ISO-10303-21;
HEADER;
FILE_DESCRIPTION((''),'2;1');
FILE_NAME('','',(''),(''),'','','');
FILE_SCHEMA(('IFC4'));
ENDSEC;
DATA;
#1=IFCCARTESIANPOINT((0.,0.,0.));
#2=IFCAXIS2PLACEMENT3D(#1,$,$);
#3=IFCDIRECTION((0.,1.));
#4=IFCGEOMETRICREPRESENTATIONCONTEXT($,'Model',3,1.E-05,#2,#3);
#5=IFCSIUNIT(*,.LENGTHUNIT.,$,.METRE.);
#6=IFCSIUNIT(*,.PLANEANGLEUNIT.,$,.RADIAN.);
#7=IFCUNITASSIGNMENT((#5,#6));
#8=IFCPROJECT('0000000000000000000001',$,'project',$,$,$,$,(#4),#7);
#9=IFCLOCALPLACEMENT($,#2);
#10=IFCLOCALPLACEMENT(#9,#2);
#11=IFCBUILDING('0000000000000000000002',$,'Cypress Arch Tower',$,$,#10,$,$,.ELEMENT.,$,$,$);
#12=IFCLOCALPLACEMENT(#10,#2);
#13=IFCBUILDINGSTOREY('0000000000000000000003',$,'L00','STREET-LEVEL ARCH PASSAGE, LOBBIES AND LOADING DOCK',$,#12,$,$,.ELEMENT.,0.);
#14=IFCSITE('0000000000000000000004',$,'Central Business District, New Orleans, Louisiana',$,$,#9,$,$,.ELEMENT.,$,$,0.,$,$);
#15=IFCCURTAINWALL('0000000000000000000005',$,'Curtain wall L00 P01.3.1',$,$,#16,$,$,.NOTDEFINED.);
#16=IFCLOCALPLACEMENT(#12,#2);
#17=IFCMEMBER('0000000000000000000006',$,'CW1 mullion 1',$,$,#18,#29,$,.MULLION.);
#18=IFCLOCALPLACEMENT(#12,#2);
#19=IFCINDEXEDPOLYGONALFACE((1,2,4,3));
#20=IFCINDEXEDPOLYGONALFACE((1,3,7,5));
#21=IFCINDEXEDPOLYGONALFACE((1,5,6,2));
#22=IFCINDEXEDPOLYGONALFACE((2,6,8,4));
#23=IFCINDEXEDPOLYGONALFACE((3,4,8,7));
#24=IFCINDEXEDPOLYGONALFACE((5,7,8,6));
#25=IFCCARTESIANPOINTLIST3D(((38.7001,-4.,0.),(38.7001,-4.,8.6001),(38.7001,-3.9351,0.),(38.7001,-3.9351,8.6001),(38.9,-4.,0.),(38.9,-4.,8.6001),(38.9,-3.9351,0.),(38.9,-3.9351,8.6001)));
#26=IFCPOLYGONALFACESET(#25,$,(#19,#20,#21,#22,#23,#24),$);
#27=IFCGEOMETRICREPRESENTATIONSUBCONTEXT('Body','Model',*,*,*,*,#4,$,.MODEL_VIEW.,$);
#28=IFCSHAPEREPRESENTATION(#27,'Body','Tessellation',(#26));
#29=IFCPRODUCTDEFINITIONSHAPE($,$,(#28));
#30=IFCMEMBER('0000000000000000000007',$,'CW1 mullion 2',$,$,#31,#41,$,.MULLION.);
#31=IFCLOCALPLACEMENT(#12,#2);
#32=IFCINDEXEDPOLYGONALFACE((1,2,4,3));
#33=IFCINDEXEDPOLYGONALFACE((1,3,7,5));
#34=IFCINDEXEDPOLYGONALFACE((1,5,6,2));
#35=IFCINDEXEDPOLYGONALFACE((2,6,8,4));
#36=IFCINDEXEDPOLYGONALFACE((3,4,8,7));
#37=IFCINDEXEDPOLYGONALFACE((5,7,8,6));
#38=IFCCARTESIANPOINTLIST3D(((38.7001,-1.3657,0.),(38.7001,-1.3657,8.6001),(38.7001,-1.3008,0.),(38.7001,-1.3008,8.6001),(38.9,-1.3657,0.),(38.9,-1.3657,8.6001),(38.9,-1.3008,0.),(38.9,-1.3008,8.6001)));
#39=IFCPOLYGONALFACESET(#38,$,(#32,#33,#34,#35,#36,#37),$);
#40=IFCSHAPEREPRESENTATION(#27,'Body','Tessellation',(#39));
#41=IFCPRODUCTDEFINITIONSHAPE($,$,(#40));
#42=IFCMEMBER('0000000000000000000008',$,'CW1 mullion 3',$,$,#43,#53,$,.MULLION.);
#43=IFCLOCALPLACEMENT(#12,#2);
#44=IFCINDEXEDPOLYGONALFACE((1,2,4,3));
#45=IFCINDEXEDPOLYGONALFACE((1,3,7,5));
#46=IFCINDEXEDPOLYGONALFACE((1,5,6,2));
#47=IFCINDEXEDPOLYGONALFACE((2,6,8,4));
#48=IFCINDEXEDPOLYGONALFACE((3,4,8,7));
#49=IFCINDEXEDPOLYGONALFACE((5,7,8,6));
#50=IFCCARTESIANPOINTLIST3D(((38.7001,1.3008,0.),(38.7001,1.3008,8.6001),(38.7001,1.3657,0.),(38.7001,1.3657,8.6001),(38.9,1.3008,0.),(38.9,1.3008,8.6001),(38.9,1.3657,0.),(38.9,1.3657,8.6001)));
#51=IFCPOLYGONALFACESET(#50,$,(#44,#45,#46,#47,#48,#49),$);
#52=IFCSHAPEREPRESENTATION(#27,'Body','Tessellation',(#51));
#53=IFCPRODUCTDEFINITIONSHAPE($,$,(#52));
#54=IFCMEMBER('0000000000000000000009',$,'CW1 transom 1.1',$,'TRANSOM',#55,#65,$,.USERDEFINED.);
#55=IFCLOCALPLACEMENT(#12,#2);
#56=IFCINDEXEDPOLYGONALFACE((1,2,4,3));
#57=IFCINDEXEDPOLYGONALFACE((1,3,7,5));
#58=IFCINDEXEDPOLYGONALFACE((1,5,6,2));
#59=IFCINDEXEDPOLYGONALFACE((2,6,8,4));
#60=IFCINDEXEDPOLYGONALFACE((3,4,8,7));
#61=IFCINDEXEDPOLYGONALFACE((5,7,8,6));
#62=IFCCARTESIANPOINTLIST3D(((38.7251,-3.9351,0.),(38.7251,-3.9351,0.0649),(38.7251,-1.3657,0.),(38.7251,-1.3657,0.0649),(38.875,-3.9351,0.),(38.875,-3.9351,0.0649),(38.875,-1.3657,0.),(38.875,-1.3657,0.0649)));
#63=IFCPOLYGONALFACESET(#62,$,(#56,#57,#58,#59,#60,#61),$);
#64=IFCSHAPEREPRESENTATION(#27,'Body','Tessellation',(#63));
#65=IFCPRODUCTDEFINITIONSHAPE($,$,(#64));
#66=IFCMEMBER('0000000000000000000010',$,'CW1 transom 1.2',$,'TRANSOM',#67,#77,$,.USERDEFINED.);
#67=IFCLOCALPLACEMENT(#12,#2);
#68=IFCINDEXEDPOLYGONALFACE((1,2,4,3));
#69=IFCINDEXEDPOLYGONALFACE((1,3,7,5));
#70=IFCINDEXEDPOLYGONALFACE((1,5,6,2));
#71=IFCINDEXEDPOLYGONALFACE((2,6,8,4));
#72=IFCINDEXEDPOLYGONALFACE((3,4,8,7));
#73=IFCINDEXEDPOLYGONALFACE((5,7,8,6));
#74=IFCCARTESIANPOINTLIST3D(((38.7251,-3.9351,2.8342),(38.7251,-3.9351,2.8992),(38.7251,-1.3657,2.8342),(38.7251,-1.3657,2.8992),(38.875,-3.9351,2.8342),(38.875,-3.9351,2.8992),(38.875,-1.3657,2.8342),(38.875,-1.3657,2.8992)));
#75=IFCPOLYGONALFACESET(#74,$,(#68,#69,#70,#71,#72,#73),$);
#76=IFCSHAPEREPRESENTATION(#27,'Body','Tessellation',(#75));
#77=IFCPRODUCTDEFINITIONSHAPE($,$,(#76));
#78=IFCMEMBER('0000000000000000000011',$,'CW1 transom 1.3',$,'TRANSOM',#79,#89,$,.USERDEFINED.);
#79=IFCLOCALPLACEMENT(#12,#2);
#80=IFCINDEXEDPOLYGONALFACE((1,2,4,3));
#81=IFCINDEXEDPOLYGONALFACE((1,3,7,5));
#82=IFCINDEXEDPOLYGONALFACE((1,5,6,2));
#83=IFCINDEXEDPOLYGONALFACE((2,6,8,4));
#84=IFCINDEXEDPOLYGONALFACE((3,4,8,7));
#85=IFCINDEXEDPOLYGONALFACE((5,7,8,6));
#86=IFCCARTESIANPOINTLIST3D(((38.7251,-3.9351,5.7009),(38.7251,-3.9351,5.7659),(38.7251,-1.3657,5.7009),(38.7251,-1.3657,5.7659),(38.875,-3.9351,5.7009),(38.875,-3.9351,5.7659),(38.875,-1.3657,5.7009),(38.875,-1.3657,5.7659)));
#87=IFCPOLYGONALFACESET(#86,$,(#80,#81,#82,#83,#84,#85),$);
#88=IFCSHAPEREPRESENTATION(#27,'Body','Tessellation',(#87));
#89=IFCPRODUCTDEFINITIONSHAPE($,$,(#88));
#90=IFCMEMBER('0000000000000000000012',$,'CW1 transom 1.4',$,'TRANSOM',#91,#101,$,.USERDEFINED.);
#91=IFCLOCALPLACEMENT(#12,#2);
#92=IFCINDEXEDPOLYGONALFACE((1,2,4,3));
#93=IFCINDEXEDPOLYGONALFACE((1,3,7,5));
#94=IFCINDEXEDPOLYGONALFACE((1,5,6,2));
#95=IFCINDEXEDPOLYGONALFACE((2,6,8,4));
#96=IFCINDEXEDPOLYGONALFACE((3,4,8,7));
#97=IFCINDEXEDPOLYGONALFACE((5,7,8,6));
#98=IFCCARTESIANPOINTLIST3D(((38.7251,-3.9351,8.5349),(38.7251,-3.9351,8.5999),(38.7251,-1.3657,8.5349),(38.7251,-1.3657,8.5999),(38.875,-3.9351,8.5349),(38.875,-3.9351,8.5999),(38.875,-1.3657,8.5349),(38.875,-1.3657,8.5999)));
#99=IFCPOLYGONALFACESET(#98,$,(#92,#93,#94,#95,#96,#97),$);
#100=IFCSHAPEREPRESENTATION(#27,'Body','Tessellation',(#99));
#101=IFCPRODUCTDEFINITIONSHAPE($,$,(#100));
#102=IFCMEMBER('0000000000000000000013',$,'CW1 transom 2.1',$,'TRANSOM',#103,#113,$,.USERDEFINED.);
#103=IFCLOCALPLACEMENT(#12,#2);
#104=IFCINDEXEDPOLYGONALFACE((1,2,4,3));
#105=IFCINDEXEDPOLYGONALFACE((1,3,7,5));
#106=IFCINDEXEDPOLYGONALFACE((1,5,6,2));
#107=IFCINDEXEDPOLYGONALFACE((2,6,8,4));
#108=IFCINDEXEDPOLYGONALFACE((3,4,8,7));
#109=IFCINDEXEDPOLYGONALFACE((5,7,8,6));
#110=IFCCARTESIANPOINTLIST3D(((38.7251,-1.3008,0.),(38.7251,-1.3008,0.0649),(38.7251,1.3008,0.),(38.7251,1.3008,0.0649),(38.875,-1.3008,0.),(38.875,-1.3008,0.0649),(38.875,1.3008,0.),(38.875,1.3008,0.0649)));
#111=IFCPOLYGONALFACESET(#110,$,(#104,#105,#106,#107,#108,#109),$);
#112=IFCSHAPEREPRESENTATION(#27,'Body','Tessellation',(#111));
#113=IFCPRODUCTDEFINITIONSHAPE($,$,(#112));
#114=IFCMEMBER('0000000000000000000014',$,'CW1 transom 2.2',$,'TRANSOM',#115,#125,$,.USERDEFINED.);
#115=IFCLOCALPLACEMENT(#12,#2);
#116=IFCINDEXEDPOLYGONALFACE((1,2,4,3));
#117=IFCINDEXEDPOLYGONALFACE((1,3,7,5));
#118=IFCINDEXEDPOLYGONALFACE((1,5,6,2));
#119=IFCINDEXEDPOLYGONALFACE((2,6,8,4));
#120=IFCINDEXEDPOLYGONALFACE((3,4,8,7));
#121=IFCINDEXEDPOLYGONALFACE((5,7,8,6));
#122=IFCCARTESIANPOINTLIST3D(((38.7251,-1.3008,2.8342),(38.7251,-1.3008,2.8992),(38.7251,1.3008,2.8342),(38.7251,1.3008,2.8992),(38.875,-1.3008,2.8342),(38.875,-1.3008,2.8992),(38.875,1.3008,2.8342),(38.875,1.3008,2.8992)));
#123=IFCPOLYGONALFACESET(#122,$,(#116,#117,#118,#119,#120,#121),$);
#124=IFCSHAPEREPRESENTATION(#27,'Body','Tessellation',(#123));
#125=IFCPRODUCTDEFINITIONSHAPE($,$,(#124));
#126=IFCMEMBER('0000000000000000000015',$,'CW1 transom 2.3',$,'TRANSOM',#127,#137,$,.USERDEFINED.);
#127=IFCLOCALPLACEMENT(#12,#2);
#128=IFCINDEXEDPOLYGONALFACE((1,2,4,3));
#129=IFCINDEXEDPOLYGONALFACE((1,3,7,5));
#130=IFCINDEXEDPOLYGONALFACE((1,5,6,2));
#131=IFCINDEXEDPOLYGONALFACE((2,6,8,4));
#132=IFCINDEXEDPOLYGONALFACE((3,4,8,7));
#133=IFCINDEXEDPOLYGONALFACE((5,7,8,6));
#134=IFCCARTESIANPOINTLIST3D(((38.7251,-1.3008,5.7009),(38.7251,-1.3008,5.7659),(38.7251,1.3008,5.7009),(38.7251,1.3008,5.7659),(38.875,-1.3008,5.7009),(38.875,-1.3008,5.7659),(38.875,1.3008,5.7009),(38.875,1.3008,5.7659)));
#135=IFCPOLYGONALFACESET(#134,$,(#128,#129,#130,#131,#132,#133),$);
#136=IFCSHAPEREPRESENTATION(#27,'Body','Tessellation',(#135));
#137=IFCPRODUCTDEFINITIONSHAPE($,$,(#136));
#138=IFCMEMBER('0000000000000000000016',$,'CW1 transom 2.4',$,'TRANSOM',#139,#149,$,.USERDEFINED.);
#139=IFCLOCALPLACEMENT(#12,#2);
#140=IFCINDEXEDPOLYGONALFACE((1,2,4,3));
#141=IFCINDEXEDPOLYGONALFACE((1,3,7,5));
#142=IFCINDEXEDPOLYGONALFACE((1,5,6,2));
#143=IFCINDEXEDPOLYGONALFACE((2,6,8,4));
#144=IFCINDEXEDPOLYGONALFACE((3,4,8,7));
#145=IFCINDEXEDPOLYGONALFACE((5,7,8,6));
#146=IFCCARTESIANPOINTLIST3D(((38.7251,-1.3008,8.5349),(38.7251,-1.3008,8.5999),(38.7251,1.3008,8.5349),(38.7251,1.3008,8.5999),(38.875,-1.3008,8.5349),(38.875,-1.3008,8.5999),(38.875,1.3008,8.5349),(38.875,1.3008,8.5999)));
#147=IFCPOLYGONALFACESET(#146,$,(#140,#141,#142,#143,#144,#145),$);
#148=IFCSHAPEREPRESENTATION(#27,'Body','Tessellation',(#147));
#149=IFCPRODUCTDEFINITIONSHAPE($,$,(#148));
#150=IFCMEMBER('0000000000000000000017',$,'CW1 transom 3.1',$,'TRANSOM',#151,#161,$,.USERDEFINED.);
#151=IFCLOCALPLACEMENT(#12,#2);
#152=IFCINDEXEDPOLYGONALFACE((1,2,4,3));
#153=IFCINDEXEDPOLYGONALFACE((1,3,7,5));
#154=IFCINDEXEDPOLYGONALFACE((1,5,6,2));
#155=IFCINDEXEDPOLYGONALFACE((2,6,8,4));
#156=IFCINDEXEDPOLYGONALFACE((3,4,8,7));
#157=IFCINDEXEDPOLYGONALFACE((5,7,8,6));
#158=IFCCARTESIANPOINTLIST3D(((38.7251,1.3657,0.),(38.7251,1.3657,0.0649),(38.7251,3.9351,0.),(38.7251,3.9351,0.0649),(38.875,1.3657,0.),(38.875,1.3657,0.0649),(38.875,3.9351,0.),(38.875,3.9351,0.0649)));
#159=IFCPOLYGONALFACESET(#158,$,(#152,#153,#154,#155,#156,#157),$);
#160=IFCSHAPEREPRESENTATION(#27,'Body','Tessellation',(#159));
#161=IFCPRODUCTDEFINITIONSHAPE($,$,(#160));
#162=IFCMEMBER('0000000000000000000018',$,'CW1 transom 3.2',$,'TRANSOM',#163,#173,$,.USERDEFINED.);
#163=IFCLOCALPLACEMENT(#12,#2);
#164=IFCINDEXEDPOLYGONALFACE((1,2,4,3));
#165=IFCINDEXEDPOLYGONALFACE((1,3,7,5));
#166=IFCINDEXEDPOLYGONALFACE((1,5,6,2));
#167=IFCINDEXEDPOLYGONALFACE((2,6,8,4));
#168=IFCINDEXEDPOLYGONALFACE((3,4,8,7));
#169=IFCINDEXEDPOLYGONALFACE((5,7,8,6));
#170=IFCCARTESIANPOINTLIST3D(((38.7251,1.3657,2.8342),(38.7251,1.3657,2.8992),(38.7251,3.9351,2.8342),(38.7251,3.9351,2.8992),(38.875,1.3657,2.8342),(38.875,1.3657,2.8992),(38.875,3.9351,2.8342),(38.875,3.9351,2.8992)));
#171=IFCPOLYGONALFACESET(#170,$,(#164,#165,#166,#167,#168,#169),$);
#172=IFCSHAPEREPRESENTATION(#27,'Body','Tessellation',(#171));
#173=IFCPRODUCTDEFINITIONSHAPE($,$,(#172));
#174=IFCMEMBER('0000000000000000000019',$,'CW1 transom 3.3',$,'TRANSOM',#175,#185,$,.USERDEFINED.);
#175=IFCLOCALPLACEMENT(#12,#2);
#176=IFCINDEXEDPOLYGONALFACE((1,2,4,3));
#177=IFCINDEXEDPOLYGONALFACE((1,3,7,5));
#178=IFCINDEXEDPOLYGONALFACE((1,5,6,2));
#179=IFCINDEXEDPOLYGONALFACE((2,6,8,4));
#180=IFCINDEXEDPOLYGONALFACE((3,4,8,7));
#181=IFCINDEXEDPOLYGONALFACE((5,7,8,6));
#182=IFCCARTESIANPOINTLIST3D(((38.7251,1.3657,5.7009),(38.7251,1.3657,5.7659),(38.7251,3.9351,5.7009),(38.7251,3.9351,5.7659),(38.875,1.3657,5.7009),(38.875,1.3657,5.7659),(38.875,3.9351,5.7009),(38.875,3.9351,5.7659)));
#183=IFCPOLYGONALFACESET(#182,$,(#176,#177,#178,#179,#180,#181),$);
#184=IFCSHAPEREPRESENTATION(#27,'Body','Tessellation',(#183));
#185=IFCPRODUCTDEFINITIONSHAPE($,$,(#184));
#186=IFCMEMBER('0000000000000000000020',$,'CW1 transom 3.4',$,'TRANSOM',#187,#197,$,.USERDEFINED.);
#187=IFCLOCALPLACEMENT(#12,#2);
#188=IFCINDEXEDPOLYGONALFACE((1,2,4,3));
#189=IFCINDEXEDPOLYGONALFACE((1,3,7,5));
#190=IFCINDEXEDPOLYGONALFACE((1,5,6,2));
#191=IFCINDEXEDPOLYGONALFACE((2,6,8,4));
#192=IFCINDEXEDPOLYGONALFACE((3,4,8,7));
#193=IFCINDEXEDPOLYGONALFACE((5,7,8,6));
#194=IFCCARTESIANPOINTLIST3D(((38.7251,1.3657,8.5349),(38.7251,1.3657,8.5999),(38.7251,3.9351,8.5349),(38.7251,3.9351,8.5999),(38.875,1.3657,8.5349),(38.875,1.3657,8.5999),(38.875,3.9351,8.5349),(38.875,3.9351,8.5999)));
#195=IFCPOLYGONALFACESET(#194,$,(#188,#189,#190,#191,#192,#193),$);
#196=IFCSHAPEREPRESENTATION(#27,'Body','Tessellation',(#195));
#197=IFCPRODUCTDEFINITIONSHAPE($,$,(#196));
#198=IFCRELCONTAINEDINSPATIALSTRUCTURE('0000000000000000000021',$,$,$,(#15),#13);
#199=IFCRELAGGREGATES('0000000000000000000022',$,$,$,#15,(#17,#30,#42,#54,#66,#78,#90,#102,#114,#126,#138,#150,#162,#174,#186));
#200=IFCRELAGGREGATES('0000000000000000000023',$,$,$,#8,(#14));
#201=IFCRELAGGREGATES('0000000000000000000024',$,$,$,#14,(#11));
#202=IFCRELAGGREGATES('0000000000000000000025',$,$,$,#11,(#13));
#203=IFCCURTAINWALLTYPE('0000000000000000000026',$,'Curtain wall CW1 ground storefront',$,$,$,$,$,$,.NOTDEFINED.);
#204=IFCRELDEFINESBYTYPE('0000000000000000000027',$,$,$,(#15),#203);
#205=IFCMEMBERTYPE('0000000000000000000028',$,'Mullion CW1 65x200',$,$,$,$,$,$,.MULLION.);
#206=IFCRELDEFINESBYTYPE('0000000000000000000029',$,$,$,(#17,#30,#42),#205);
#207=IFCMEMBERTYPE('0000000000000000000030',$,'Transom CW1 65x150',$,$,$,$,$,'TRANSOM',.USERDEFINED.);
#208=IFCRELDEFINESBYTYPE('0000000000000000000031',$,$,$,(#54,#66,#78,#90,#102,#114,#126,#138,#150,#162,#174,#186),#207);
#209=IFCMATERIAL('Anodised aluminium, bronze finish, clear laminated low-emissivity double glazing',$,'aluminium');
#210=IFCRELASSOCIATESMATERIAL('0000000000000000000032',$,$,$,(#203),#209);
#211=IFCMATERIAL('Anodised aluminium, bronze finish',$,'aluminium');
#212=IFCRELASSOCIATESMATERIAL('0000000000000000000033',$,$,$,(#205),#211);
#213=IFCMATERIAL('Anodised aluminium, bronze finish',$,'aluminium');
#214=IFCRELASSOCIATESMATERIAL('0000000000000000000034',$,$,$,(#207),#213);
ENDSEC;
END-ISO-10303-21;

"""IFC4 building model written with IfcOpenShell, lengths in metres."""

from ifc_helpers import new_model, si_unit, direction, frame, origin, origin_2d, place, context, subcontext, project, spatial, rectangle, extrude, material, material_profile, profile_set, type_object, element, aggregate, save


model = new_model("IFC4")

# Units and contexts
model_context = context("Model", 3, precision=1e-05, world=origin(), true_north=direction((0.0, 1.0)))
body_context = subcontext(model_context, "Body", "Model", "MODEL_VIEW")
ifc_project = project(units=[si_unit("LENGTHUNIT", "METRE"), si_unit("PLANEANGLEUNIT", "RADIAN")], contexts=[model_context])

# Site, building, storey
site_placement = place(None, origin())
site = spatial("IfcSite", under=ifc_project, at=site_placement, Name="Central Business District, New Orleans, Louisiana", CompositionType="ELEMENT", RefElevation=0.0)
building_placement = place(site_placement, origin())
building = spatial("IfcBuilding", under=site, at=building_placement, Name="Cypress Arch Tower", CompositionType="ELEMENT")
storey_placement = place(building_placement, origin())
storey = spatial("IfcBuildingStorey", under=building, at=storey_placement, Name="L00", Description="STREET-LEVEL ARCH PASSAGE, LOBBIES AND LOADING DOCK", CompositionType="ELEMENT", Elevation=0.0)

# Curtain wall, members
ifc_material_1 = material(Name="Anodised aluminium, bronze finish, clear laminated low-emissivity double glazing", Category="aluminium")
curtain_wall_type = type_object("IfcCurtainWallType", Name="Curtain wall CW1 ground storefront", PredefinedType="NOTDEFINED", material=ifc_material_1)
curtain_wall_placement = place(storey_placement, origin())
curtain_wall = element("IfcCurtainWall", 1, at=curtain_wall_placement, inside=storey, type_object=curtain_wall_type, Name="Curtain wall L00 P01.3.1", PredefinedType="NOTDEFINED")
ifc_material_2 = material(Name="Anodised aluminium, bronze finish", Category="aluminium")
ifc_material_profile_1 = material_profile(ifc_material_2, rectangle(XDim=0.2, YDim=0.0649, at=origin_2d()), Name="Mullion 65x200")
ifc_profile_set_1 = profile_set([ifc_material_profile_1], Name="Anodised aluminium, bronze finish")
member_type_1 = type_object("IfcMemberType", Name="Mullion CW1 65x200", PredefinedType="MULLION", material=ifc_profile_set_1)
member_1_placement = place(storey_placement, frame((38.8, -3.9675, 0.0), z_axis=(0.0, 0.0, 1.0), x_axis=(-1.0, 0.0, 0.0)))
member_1 = element("IfcMember", 2, at=member_1_placement, type_object=member_type_1, Name="CW1 mullion 1", PredefinedType="MULLION", context=body_context, shape_type="SweptSolid", body=[
    extrude(rectangle(XDim=0.2, YDim=0.0649, at=origin_2d()), origin(), (0.0, 0.0, 1.0), 8.6001),
])
member_2_placement = place(storey_placement, frame((38.8, -1.3333, 0.0), z_axis=(0.0, 0.0, 1.0), x_axis=(-1.0, 0.0, 0.0)))
member_2 = element("IfcMember", 3, at=member_2_placement, type_object=member_type_1, Name="CW1 mullion 2", PredefinedType="MULLION", context=body_context, shape_type="SweptSolid", body=[
    extrude(rectangle(XDim=0.2, YDim=0.0649, at=origin_2d()), origin(), (0.0, 0.0, 1.0), 8.6001),
])
member_3_placement = place(storey_placement, frame((38.8, 1.3333, 0.0), z_axis=(0.0, 0.0, 1.0), x_axis=(-1.0, 0.0, 0.0)))
member_3 = element("IfcMember", 4, at=member_3_placement, type_object=member_type_1, Name="CW1 mullion 3", PredefinedType="MULLION", context=body_context, shape_type="SweptSolid", body=[
    extrude(rectangle(XDim=0.2, YDim=0.0649, at=origin_2d()), origin(), (0.0, 0.0, 1.0), 8.6001),
])
ifc_material_3 = material(Name="Anodised aluminium, bronze finish", Category="aluminium")
ifc_material_profile_2 = material_profile(ifc_material_3, rectangle(XDim=0.1499, YDim=0.0649, at=origin_2d()), Name="Transom 65x150")
ifc_profile_set_2 = profile_set([ifc_material_profile_2], Name="Anodised aluminium, bronze finish")
member_type_2 = type_object("IfcMemberType", Name="Transom CW1 65x150", ElementType="TRANSOM", PredefinedType="USERDEFINED", material=ifc_profile_set_2)
member_4_placement = place(storey_placement, frame((38.8, -3.9351, 0.0325), z_axis=(0.0, 1.0, 0.0), x_axis=(-1.0, 0.0, 0.0)))
member_4 = element("IfcMember", 5, at=member_4_placement, type_object=member_type_2, Name="CW1 transom 1.1", ObjectType="TRANSOM", PredefinedType="USERDEFINED", context=body_context, shape_type="SweptSolid", body=[
    extrude(rectangle(XDim=0.1499, YDim=0.0649, at=origin_2d()), origin(), (0.0, 0.0, 1.0), 2.5693),
])
member_5_placement = place(storey_placement, frame((38.8, -3.9351, 2.8667), z_axis=(0.0, 1.0, 0.0), x_axis=(-1.0, 0.0, 0.0)))
member_5 = element("IfcMember", 6, at=member_5_placement, type_object=member_type_2, Name="CW1 transom 1.2", ObjectType="TRANSOM", PredefinedType="USERDEFINED", context=body_context, shape_type="SweptSolid", body=[
    extrude(rectangle(XDim=0.1499, YDim=0.0649, at=origin_2d()), origin(), (0.0, 0.0, 1.0), 2.5693),
])
member_6_placement = place(storey_placement, frame((38.8, -3.9351, 5.7334), z_axis=(0.0, 1.0, 0.0), x_axis=(-1.0, 0.0, 0.0)))
member_6 = element("IfcMember", 7, at=member_6_placement, type_object=member_type_2, Name="CW1 transom 1.3", ObjectType="TRANSOM", PredefinedType="USERDEFINED", context=body_context, shape_type="SweptSolid", body=[
    extrude(rectangle(XDim=0.1499, YDim=0.0649, at=origin_2d()), origin(), (0.0, 0.0, 1.0), 2.5693),
])
member_7_placement = place(storey_placement, frame((38.8, -3.9351, 8.5674), z_axis=(0.0, 1.0, 0.0), x_axis=(-1.0, 0.0, 0.0)))
member_7 = element("IfcMember", 8, at=member_7_placement, type_object=member_type_2, Name="CW1 transom 1.4", ObjectType="TRANSOM", PredefinedType="USERDEFINED", context=body_context, shape_type="SweptSolid", body=[
    extrude(rectangle(XDim=0.1499, YDim=0.0649, at=origin_2d()), origin(), (0.0, 0.0, 1.0), 2.5693),
])
member_8_placement = place(storey_placement, frame((38.8, -1.3008, 0.0325), z_axis=(0.0, 1.0, 0.0), x_axis=(-1.0, 0.0, 0.0)))
member_8 = element("IfcMember", 9, at=member_8_placement, type_object=member_type_2, Name="CW1 transom 2.1", ObjectType="TRANSOM", PredefinedType="USERDEFINED", context=body_context, shape_type="SweptSolid", body=[
    extrude(rectangle(XDim=0.1499, YDim=0.0649, at=origin_2d()), origin(), (0.0, 0.0, 1.0), 2.6016),
])
member_9_placement = place(storey_placement, frame((38.8, -1.3008, 2.8667), z_axis=(0.0, 1.0, 0.0), x_axis=(-1.0, 0.0, 0.0)))
member_9 = element("IfcMember", 10, at=member_9_placement, type_object=member_type_2, Name="CW1 transom 2.2", ObjectType="TRANSOM", PredefinedType="USERDEFINED", context=body_context, shape_type="SweptSolid", body=[
    extrude(rectangle(XDim=0.1499, YDim=0.0649, at=origin_2d()), origin(), (0.0, 0.0, 1.0), 2.6016),
])
member_10_placement = place(storey_placement, frame((38.8, -1.3008, 5.7334), z_axis=(0.0, 1.0, 0.0), x_axis=(-1.0, 0.0, 0.0)))
member_10 = element("IfcMember", 11, at=member_10_placement, type_object=member_type_2, Name="CW1 transom 2.3", ObjectType="TRANSOM", PredefinedType="USERDEFINED", context=body_context, shape_type="SweptSolid", body=[
    extrude(rectangle(XDim=0.1499, YDim=0.0649, at=origin_2d()), origin(), (0.0, 0.0, 1.0), 2.6016),
])
member_11_placement = place(storey_placement, frame((38.8, -1.3008, 8.5674), z_axis=(0.0, 1.0, 0.0), x_axis=(-1.0, 0.0, 0.0)))
member_11 = element("IfcMember", 12, at=member_11_placement, type_object=member_type_2, Name="CW1 transom 2.4", ObjectType="TRANSOM", PredefinedType="USERDEFINED", context=body_context, shape_type="SweptSolid", body=[
    extrude(rectangle(XDim=0.1499, YDim=0.0649, at=origin_2d()), origin(), (0.0, 0.0, 1.0), 2.6016),
])
member_12_placement = place(storey_placement, frame((38.8, 1.3657, 0.0325), z_axis=(0.0, 1.0, 0.0), x_axis=(-1.0, 0.0, 0.0)))
member_12 = element("IfcMember", 13, at=member_12_placement, type_object=member_type_2, Name="CW1 transom 3.1", ObjectType="TRANSOM", PredefinedType="USERDEFINED", context=body_context, shape_type="SweptSolid", body=[
    extrude(rectangle(XDim=0.1499, YDim=0.0649, at=origin_2d()), origin(), (0.0, 0.0, 1.0), 2.5693),
])
member_13_placement = place(storey_placement, frame((38.8, 1.3657, 2.8667), z_axis=(0.0, 1.0, 0.0), x_axis=(-1.0, 0.0, 0.0)))
member_13 = element("IfcMember", 14, at=member_13_placement, type_object=member_type_2, Name="CW1 transom 3.2", ObjectType="TRANSOM", PredefinedType="USERDEFINED", context=body_context, shape_type="SweptSolid", body=[
    extrude(rectangle(XDim=0.1499, YDim=0.0649, at=origin_2d()), origin(), (0.0, 0.0, 1.0), 2.5693),
])
member_14_placement = place(storey_placement, frame((38.8, 1.3657, 5.7334), z_axis=(0.0, 1.0, 0.0), x_axis=(-1.0, 0.0, 0.0)))
member_14 = element("IfcMember", 15, at=member_14_placement, type_object=member_type_2, Name="CW1 transom 3.3", ObjectType="TRANSOM", PredefinedType="USERDEFINED", context=body_context, shape_type="SweptSolid", body=[
    extrude(rectangle(XDim=0.1499, YDim=0.0649, at=origin_2d()), origin(), (0.0, 0.0, 1.0), 2.5693),
])
member_15_placement = place(storey_placement, frame((38.8, 1.3657, 8.5674), z_axis=(0.0, 1.0, 0.0), x_axis=(-1.0, 0.0, 0.0)))
member_15 = element("IfcMember", 16, at=member_15_placement, type_object=member_type_2, Name="CW1 transom 3.4", ObjectType="TRANSOM", PredefinedType="USERDEFINED", context=body_context, shape_type="SweptSolid", body=[
    extrude(rectangle(XDim=0.1499, YDim=0.0649, at=origin_2d()), origin(), (0.0, 0.0, 1.0), 2.5693),
])
aggregate(curtain_wall, [member_1, member_2, member_3, member_4, member_5, member_6, member_7, member_8, member_9, member_10, member_11, member_12, member_13, member_14, member_15])

save(model, "model.ifc")
